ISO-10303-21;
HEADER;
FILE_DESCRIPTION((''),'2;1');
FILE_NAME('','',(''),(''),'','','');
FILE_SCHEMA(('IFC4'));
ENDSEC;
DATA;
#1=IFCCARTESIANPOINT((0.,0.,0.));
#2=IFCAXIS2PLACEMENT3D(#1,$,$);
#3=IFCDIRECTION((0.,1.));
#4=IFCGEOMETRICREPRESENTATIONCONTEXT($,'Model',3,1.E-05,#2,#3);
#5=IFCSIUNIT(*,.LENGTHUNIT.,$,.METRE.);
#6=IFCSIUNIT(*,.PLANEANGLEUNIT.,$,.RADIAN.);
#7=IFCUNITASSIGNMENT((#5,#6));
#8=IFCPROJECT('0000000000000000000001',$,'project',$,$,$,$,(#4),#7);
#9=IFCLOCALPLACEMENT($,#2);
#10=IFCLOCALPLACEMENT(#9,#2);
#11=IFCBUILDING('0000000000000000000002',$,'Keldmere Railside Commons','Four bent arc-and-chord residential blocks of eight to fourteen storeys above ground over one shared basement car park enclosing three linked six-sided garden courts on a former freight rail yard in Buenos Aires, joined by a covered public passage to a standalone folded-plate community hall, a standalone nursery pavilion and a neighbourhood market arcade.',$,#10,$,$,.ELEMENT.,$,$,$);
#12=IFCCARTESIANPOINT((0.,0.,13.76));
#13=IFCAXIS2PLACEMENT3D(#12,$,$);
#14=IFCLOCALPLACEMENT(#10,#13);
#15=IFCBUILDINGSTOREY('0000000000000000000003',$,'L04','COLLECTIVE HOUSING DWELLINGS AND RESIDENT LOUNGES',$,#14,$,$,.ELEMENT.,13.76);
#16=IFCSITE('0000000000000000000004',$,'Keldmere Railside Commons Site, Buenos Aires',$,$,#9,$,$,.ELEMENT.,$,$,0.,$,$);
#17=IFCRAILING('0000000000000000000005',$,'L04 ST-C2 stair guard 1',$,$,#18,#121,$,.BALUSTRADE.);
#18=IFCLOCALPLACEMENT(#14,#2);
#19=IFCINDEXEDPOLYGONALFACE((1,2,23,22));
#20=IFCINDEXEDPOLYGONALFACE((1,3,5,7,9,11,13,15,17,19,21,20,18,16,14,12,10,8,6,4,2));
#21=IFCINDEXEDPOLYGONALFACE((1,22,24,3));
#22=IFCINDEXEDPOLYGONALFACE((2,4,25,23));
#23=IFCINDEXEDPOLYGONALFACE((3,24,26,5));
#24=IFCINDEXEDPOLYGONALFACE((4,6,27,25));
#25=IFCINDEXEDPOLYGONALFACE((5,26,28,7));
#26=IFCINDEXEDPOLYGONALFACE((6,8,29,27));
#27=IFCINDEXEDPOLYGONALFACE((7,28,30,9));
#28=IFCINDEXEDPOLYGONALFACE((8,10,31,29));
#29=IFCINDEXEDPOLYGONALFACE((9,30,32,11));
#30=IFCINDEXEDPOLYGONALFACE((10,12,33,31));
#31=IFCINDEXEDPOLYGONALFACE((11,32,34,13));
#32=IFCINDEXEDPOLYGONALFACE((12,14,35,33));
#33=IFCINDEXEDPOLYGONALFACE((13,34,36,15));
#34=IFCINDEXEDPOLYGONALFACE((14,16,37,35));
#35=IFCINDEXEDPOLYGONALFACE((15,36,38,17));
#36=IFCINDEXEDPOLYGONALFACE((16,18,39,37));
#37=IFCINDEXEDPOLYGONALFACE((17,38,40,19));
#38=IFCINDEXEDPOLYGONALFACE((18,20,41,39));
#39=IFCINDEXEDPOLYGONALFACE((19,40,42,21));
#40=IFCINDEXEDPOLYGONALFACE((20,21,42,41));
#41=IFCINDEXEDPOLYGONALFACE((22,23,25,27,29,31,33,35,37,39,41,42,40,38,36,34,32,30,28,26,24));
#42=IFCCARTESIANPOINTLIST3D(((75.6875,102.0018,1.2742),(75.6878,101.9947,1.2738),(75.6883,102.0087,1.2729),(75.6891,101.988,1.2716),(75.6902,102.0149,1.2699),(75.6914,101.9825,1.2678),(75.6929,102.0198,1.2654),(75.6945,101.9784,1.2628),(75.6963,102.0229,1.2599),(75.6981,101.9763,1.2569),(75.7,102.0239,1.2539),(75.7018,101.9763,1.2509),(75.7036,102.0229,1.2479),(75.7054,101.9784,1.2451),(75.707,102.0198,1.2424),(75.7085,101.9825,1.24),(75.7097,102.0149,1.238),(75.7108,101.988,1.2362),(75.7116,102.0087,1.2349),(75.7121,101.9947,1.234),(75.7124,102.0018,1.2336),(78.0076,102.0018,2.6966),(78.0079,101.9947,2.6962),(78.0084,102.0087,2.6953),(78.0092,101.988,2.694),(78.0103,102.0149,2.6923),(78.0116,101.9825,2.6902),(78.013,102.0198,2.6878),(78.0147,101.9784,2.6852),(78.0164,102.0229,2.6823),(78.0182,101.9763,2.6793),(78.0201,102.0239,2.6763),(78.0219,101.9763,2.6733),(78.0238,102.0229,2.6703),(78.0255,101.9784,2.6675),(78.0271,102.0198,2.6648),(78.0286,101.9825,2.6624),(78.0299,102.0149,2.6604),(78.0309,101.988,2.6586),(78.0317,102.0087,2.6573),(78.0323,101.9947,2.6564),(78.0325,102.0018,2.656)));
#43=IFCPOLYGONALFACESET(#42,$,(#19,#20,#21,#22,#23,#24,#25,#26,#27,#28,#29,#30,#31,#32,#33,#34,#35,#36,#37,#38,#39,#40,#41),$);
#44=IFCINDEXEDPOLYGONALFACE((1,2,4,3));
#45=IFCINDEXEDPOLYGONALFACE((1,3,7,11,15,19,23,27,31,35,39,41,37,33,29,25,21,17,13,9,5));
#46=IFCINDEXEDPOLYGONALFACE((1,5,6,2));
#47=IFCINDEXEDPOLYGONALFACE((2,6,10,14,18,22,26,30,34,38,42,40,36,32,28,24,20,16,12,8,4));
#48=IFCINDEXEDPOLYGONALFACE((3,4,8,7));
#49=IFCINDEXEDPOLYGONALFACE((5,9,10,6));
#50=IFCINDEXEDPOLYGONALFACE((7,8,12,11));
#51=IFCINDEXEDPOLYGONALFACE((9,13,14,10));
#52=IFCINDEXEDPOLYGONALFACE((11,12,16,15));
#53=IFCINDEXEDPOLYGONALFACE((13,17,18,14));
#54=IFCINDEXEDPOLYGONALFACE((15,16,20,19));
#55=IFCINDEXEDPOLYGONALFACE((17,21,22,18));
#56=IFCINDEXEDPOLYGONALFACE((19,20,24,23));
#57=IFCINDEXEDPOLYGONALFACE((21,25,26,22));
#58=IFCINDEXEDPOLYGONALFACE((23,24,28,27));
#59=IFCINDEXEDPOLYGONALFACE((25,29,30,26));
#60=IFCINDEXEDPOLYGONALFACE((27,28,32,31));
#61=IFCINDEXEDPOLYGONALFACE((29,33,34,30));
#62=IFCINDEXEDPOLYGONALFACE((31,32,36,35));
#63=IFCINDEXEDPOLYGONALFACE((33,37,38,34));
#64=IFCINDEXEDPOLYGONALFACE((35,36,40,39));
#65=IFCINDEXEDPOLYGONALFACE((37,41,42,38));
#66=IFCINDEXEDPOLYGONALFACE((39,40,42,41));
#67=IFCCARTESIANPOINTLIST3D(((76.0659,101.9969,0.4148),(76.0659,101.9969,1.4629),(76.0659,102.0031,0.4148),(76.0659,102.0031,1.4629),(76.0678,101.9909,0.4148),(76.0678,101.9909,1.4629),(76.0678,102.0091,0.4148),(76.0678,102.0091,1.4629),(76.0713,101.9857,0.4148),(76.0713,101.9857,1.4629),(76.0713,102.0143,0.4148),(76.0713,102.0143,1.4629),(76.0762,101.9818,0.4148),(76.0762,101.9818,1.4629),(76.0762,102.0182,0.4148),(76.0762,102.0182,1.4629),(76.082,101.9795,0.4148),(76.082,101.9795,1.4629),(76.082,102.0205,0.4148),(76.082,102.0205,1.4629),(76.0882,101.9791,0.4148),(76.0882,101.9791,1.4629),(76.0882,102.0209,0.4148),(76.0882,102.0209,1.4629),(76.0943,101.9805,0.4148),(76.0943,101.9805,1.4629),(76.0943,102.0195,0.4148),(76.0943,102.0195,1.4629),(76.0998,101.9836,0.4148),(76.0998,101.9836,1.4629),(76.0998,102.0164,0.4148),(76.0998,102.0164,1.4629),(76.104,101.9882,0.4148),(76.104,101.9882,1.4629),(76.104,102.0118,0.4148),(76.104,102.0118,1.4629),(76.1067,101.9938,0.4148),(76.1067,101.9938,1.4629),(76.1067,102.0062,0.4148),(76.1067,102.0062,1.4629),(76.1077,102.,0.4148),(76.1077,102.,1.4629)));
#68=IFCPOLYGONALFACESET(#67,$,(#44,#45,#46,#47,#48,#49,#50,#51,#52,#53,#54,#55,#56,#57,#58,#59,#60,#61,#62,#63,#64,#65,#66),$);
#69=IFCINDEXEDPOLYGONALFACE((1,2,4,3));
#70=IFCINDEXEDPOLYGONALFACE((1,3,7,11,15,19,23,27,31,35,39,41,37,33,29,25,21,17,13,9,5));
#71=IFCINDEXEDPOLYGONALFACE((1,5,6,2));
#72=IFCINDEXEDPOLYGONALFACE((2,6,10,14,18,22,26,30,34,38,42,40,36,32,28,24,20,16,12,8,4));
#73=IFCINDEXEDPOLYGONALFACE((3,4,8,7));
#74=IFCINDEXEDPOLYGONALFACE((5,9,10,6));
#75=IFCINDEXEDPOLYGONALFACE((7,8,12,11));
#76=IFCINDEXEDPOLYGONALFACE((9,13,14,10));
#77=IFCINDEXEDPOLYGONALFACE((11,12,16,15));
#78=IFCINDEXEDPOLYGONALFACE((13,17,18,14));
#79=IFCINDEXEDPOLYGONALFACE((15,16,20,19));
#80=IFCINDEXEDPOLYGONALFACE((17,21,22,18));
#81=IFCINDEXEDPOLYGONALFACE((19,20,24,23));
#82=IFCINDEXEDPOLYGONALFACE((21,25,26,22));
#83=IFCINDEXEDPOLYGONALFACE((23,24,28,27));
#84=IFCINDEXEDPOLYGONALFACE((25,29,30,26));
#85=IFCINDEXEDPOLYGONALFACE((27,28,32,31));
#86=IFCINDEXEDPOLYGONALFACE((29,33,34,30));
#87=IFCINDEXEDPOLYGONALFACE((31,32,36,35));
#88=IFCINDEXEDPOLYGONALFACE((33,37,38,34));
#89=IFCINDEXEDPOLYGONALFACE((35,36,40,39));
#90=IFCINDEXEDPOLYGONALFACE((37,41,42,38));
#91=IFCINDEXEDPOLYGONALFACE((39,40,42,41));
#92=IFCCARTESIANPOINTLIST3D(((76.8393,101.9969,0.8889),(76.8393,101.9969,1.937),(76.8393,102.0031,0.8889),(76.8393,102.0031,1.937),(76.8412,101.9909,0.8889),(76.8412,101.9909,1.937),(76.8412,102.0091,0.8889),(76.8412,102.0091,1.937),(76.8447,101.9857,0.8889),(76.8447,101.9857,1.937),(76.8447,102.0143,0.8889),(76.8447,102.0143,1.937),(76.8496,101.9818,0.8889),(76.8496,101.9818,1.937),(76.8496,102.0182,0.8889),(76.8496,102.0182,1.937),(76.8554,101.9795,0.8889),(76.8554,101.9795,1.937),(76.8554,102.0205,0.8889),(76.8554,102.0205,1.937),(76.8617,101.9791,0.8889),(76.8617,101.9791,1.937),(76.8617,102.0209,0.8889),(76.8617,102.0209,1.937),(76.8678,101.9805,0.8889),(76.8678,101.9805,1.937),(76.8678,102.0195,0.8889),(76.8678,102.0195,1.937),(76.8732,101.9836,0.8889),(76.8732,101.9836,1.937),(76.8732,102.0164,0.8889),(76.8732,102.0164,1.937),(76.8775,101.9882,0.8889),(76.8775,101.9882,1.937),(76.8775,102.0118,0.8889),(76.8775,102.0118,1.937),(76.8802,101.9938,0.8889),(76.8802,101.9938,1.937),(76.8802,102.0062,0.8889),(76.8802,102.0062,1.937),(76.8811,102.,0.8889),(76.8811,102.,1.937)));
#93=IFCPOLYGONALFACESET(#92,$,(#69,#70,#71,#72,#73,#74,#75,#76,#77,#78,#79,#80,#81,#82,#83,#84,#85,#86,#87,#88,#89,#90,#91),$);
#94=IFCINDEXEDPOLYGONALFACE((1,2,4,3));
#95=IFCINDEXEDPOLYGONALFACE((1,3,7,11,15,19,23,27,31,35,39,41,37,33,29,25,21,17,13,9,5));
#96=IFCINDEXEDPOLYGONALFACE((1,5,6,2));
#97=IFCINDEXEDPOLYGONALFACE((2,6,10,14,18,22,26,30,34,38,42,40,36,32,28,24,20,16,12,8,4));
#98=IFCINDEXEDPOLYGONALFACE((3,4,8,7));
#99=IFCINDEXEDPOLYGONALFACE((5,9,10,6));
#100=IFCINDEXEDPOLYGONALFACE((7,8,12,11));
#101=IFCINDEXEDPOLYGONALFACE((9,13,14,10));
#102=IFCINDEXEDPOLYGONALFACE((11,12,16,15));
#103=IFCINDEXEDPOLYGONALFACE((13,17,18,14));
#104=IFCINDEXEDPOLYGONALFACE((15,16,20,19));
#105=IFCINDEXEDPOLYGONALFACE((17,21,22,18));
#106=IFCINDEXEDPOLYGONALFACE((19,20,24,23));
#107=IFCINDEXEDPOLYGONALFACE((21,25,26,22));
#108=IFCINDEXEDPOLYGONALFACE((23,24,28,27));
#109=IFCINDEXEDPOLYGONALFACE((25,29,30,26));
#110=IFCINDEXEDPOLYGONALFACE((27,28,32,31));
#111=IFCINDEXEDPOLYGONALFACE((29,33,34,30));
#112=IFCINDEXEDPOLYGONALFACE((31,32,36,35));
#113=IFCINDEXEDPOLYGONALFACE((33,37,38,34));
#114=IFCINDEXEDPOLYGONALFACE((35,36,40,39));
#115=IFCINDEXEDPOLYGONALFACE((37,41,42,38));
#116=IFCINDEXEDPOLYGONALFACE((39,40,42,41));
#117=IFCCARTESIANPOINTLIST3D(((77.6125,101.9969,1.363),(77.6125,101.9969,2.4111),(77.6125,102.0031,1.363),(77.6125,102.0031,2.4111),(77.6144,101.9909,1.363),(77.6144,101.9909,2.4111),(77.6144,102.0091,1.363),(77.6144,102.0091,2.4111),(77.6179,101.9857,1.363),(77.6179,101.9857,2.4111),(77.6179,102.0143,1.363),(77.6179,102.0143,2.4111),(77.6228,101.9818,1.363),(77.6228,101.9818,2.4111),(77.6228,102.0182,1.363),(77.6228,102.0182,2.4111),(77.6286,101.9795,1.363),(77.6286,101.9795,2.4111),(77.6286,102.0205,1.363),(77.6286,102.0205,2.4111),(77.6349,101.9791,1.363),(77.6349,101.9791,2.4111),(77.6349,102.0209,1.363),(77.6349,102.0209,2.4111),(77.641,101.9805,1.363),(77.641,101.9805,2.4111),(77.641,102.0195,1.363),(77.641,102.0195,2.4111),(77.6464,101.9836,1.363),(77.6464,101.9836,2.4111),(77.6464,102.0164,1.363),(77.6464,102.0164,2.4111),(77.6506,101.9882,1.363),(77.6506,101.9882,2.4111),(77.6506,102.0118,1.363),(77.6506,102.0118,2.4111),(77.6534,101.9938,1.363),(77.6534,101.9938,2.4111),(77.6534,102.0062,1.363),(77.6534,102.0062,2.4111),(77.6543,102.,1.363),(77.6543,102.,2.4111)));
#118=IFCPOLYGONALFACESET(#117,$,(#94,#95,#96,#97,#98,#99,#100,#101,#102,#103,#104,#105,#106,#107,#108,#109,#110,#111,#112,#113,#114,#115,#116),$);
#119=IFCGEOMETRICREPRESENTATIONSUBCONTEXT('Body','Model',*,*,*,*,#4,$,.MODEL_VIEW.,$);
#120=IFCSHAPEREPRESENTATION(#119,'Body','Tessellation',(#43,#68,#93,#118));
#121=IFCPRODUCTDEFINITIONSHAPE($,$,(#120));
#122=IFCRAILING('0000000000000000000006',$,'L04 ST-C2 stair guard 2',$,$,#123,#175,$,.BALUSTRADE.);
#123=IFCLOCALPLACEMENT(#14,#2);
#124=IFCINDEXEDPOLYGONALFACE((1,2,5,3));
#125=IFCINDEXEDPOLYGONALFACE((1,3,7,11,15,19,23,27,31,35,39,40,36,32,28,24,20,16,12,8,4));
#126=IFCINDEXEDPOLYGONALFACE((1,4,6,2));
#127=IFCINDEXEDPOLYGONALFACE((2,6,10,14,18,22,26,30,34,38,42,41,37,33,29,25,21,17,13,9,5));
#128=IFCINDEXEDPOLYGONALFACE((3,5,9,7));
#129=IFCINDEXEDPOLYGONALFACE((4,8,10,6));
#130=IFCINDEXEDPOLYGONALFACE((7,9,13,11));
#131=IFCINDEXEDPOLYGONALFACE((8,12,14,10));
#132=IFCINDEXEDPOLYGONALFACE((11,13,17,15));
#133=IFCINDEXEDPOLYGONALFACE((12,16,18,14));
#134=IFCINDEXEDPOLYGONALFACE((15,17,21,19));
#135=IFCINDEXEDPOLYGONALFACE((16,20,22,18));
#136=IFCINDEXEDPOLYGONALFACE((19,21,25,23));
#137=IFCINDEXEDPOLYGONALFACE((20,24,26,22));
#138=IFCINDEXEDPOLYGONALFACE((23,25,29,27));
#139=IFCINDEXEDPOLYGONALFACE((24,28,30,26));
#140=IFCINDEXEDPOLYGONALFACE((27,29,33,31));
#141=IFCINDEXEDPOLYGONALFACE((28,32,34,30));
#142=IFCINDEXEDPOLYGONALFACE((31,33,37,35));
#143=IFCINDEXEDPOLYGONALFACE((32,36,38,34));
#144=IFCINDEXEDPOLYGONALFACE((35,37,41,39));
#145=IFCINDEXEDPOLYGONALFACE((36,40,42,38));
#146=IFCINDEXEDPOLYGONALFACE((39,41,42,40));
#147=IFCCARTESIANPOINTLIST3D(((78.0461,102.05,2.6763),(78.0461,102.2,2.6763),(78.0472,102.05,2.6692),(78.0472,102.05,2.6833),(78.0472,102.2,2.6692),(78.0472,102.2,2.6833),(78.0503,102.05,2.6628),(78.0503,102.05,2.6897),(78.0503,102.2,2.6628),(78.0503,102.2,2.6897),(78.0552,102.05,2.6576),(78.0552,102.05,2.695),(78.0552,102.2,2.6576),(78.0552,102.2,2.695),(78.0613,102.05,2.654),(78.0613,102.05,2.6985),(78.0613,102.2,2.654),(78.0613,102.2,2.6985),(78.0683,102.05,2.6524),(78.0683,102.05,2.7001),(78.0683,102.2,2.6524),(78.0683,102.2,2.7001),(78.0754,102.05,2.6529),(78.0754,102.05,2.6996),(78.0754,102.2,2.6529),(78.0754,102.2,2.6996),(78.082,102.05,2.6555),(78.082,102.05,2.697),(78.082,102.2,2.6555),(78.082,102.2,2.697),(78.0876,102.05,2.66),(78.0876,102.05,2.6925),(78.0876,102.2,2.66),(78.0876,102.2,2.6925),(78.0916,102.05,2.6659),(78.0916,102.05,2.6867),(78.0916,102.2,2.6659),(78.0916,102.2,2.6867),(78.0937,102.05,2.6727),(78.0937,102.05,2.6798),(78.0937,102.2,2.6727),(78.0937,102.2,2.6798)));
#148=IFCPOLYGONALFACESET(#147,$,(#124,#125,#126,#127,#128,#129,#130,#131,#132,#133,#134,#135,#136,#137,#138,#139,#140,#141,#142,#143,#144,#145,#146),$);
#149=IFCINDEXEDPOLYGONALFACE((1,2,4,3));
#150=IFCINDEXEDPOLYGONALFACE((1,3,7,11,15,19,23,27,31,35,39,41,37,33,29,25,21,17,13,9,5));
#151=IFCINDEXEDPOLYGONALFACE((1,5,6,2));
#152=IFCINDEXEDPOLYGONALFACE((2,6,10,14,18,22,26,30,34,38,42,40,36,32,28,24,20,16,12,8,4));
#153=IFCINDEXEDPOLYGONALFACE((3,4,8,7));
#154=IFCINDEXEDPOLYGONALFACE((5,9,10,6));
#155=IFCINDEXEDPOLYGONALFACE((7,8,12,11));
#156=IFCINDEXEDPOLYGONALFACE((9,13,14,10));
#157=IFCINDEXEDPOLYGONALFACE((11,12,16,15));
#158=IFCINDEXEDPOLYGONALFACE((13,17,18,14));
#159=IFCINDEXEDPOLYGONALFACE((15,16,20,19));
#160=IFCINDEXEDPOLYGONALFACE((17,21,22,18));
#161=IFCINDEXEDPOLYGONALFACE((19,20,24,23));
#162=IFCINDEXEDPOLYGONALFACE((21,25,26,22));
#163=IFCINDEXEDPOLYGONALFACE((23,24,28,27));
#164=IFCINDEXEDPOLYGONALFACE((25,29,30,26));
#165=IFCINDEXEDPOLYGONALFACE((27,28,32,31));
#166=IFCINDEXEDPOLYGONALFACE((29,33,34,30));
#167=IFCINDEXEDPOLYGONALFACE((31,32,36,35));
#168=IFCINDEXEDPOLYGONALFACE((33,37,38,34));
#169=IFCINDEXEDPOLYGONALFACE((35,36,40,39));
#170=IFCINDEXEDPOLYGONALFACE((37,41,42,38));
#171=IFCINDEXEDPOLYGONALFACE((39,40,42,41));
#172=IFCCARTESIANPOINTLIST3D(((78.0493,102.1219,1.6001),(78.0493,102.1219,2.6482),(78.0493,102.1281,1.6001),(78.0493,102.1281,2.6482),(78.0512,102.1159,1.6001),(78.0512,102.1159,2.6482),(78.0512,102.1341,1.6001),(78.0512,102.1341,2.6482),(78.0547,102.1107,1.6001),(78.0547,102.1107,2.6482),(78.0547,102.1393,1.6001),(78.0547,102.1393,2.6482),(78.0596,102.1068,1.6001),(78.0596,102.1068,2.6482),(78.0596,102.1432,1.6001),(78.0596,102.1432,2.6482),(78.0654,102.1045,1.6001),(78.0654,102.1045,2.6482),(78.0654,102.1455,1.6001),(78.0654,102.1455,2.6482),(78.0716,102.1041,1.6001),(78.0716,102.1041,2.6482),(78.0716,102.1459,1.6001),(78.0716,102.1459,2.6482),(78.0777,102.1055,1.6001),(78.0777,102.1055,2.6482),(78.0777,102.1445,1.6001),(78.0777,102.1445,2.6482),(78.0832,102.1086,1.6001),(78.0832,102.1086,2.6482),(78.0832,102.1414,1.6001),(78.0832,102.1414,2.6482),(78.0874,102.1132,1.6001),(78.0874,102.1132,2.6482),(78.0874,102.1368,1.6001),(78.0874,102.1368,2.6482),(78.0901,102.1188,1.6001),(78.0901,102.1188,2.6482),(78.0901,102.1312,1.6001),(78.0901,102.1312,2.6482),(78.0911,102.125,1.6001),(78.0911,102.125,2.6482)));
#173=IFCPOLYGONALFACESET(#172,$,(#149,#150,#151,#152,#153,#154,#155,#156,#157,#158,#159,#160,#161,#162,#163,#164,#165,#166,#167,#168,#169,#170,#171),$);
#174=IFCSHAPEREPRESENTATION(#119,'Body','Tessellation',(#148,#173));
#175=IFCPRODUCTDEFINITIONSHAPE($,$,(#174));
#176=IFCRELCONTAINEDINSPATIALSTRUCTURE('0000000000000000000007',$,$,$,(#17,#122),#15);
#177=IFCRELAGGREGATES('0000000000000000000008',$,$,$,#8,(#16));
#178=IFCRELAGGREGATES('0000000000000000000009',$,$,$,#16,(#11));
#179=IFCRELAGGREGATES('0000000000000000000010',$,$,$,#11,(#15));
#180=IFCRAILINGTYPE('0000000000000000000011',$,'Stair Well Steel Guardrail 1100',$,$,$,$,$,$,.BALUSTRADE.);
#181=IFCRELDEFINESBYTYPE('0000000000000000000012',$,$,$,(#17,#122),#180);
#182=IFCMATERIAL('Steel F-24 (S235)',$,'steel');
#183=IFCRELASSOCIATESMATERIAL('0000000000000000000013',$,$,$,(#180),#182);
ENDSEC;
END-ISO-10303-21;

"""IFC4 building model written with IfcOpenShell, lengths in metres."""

from ifc_helpers import new_model, si_unit, direction, frame, origin, origin_2d, place, context, subcontext, project, spatial, circle, extrude, material, type_object, element, save


model = new_model("IFC4")

# Units and contexts
model_context = context("Model", 3, precision=1e-05, world=origin(), true_north=direction((0.0, 1.0)))
body_context = subcontext(model_context, "Body", "Model", "MODEL_VIEW")
ifc_project = project(units=[si_unit("LENGTHUNIT", "METRE"), si_unit("PLANEANGLEUNIT", "RADIAN")], contexts=[model_context])

# Site, building, storey
site_placement = place(None, origin())
site = spatial("IfcSite", under=ifc_project, at=site_placement, Name="Keldmere Railside Commons Site, Buenos Aires", CompositionType="ELEMENT", RefElevation=0.0)
building_placement = place(site_placement, origin())
building = spatial("IfcBuilding", under=site, at=building_placement, Name="Keldmere Railside Commons", Description="Four bent arc-and-chord residential blocks of eight to fourteen storeys above ground over one shared basement car park enclosing three linked six-sided garden courts on a former freight rail yard in Buenos Aires, joined by a covered public passage to a standalone folded-plate community hall, a standalone nursery pavilion and a neighbourhood market arcade.", CompositionType="ELEMENT")
storey_placement = place(building_placement, frame((0.0, 0.0, 13.76)))
storey = spatial("IfcBuildingStorey", under=building, at=storey_placement, Name="L04", Description="COLLECTIVE HOUSING DWELLINGS AND RESIDENT LOUNGES", CompositionType="ELEMENT", Elevation=13.76)

# Shared definitions
ifc_material_1 = material(Name="Steel F-24 (S235)", Category="steel")

# Railings
railing_type_1 = type_object("IfcRailingType", Name="Stair Well Steel Guardrail 1100", PredefinedType="BALUSTRADE", material=ifc_material_1)
railing_1_placement = place(storey_placement, frame((75.7, 102.0, 0.1777)))
element("IfcRailing", 1, at=railing_1_placement, inside=storey, type_object=railing_type_1, Name="L04 ST-C2 stair guard 1", PredefinedType="BALUSTRADE", context=body_context, shape_type="SweptSolid", body=[
    extrude(circle(Radius=0.0239, at=origin_2d()), frame((0.0, 0.0, 1.0762), z_axis=(0.852538, 0.0, 0.522665), x_axis=(0.0, 1.0, 0.0)), (0.0, 0.0, 1.0), 2.7214),
    extrude(circle(Radius=0.021, at=origin_2d()), frame((0.3867, 0.0, 0.2371)), (0.0, 0.0, 1.0), 1.0481),
    extrude(circle(Radius=0.021, at=origin_2d()), frame((1.1602, 0.0, 0.7112)), (0.0, 0.0, 1.0), 1.0481),
    extrude(circle(Radius=0.021, at=origin_2d()), frame((1.9333, 0.0, 1.1853)), (0.0, 0.0, 1.0), 1.0481),
])
railing_2_placement = place(storey_placement, frame((78.0701, 102.05, 1.6001)))
element("IfcRailing", 2, at=railing_2_placement, inside=storey, type_object=railing_type_1, Name="L04 ST-C2 stair guard 2", PredefinedType="BALUSTRADE", context=body_context, shape_type="SweptSolid", body=[
    extrude(circle(Radius=0.0239, at=origin_2d()), frame((0.0, 0.0, 1.0762), z_axis=(0.0, 1.0, 0.0), x_axis=(-1.0, 0.0, 0.0)), (0.0, 0.0, 1.0), 0.1499),
    extrude(circle(Radius=0.021, at=origin_2d()), frame((0.0, 0.075, 0.0)), (0.0, 0.0, 1.0), 1.0481),
])

save(model, "model.ifc")
